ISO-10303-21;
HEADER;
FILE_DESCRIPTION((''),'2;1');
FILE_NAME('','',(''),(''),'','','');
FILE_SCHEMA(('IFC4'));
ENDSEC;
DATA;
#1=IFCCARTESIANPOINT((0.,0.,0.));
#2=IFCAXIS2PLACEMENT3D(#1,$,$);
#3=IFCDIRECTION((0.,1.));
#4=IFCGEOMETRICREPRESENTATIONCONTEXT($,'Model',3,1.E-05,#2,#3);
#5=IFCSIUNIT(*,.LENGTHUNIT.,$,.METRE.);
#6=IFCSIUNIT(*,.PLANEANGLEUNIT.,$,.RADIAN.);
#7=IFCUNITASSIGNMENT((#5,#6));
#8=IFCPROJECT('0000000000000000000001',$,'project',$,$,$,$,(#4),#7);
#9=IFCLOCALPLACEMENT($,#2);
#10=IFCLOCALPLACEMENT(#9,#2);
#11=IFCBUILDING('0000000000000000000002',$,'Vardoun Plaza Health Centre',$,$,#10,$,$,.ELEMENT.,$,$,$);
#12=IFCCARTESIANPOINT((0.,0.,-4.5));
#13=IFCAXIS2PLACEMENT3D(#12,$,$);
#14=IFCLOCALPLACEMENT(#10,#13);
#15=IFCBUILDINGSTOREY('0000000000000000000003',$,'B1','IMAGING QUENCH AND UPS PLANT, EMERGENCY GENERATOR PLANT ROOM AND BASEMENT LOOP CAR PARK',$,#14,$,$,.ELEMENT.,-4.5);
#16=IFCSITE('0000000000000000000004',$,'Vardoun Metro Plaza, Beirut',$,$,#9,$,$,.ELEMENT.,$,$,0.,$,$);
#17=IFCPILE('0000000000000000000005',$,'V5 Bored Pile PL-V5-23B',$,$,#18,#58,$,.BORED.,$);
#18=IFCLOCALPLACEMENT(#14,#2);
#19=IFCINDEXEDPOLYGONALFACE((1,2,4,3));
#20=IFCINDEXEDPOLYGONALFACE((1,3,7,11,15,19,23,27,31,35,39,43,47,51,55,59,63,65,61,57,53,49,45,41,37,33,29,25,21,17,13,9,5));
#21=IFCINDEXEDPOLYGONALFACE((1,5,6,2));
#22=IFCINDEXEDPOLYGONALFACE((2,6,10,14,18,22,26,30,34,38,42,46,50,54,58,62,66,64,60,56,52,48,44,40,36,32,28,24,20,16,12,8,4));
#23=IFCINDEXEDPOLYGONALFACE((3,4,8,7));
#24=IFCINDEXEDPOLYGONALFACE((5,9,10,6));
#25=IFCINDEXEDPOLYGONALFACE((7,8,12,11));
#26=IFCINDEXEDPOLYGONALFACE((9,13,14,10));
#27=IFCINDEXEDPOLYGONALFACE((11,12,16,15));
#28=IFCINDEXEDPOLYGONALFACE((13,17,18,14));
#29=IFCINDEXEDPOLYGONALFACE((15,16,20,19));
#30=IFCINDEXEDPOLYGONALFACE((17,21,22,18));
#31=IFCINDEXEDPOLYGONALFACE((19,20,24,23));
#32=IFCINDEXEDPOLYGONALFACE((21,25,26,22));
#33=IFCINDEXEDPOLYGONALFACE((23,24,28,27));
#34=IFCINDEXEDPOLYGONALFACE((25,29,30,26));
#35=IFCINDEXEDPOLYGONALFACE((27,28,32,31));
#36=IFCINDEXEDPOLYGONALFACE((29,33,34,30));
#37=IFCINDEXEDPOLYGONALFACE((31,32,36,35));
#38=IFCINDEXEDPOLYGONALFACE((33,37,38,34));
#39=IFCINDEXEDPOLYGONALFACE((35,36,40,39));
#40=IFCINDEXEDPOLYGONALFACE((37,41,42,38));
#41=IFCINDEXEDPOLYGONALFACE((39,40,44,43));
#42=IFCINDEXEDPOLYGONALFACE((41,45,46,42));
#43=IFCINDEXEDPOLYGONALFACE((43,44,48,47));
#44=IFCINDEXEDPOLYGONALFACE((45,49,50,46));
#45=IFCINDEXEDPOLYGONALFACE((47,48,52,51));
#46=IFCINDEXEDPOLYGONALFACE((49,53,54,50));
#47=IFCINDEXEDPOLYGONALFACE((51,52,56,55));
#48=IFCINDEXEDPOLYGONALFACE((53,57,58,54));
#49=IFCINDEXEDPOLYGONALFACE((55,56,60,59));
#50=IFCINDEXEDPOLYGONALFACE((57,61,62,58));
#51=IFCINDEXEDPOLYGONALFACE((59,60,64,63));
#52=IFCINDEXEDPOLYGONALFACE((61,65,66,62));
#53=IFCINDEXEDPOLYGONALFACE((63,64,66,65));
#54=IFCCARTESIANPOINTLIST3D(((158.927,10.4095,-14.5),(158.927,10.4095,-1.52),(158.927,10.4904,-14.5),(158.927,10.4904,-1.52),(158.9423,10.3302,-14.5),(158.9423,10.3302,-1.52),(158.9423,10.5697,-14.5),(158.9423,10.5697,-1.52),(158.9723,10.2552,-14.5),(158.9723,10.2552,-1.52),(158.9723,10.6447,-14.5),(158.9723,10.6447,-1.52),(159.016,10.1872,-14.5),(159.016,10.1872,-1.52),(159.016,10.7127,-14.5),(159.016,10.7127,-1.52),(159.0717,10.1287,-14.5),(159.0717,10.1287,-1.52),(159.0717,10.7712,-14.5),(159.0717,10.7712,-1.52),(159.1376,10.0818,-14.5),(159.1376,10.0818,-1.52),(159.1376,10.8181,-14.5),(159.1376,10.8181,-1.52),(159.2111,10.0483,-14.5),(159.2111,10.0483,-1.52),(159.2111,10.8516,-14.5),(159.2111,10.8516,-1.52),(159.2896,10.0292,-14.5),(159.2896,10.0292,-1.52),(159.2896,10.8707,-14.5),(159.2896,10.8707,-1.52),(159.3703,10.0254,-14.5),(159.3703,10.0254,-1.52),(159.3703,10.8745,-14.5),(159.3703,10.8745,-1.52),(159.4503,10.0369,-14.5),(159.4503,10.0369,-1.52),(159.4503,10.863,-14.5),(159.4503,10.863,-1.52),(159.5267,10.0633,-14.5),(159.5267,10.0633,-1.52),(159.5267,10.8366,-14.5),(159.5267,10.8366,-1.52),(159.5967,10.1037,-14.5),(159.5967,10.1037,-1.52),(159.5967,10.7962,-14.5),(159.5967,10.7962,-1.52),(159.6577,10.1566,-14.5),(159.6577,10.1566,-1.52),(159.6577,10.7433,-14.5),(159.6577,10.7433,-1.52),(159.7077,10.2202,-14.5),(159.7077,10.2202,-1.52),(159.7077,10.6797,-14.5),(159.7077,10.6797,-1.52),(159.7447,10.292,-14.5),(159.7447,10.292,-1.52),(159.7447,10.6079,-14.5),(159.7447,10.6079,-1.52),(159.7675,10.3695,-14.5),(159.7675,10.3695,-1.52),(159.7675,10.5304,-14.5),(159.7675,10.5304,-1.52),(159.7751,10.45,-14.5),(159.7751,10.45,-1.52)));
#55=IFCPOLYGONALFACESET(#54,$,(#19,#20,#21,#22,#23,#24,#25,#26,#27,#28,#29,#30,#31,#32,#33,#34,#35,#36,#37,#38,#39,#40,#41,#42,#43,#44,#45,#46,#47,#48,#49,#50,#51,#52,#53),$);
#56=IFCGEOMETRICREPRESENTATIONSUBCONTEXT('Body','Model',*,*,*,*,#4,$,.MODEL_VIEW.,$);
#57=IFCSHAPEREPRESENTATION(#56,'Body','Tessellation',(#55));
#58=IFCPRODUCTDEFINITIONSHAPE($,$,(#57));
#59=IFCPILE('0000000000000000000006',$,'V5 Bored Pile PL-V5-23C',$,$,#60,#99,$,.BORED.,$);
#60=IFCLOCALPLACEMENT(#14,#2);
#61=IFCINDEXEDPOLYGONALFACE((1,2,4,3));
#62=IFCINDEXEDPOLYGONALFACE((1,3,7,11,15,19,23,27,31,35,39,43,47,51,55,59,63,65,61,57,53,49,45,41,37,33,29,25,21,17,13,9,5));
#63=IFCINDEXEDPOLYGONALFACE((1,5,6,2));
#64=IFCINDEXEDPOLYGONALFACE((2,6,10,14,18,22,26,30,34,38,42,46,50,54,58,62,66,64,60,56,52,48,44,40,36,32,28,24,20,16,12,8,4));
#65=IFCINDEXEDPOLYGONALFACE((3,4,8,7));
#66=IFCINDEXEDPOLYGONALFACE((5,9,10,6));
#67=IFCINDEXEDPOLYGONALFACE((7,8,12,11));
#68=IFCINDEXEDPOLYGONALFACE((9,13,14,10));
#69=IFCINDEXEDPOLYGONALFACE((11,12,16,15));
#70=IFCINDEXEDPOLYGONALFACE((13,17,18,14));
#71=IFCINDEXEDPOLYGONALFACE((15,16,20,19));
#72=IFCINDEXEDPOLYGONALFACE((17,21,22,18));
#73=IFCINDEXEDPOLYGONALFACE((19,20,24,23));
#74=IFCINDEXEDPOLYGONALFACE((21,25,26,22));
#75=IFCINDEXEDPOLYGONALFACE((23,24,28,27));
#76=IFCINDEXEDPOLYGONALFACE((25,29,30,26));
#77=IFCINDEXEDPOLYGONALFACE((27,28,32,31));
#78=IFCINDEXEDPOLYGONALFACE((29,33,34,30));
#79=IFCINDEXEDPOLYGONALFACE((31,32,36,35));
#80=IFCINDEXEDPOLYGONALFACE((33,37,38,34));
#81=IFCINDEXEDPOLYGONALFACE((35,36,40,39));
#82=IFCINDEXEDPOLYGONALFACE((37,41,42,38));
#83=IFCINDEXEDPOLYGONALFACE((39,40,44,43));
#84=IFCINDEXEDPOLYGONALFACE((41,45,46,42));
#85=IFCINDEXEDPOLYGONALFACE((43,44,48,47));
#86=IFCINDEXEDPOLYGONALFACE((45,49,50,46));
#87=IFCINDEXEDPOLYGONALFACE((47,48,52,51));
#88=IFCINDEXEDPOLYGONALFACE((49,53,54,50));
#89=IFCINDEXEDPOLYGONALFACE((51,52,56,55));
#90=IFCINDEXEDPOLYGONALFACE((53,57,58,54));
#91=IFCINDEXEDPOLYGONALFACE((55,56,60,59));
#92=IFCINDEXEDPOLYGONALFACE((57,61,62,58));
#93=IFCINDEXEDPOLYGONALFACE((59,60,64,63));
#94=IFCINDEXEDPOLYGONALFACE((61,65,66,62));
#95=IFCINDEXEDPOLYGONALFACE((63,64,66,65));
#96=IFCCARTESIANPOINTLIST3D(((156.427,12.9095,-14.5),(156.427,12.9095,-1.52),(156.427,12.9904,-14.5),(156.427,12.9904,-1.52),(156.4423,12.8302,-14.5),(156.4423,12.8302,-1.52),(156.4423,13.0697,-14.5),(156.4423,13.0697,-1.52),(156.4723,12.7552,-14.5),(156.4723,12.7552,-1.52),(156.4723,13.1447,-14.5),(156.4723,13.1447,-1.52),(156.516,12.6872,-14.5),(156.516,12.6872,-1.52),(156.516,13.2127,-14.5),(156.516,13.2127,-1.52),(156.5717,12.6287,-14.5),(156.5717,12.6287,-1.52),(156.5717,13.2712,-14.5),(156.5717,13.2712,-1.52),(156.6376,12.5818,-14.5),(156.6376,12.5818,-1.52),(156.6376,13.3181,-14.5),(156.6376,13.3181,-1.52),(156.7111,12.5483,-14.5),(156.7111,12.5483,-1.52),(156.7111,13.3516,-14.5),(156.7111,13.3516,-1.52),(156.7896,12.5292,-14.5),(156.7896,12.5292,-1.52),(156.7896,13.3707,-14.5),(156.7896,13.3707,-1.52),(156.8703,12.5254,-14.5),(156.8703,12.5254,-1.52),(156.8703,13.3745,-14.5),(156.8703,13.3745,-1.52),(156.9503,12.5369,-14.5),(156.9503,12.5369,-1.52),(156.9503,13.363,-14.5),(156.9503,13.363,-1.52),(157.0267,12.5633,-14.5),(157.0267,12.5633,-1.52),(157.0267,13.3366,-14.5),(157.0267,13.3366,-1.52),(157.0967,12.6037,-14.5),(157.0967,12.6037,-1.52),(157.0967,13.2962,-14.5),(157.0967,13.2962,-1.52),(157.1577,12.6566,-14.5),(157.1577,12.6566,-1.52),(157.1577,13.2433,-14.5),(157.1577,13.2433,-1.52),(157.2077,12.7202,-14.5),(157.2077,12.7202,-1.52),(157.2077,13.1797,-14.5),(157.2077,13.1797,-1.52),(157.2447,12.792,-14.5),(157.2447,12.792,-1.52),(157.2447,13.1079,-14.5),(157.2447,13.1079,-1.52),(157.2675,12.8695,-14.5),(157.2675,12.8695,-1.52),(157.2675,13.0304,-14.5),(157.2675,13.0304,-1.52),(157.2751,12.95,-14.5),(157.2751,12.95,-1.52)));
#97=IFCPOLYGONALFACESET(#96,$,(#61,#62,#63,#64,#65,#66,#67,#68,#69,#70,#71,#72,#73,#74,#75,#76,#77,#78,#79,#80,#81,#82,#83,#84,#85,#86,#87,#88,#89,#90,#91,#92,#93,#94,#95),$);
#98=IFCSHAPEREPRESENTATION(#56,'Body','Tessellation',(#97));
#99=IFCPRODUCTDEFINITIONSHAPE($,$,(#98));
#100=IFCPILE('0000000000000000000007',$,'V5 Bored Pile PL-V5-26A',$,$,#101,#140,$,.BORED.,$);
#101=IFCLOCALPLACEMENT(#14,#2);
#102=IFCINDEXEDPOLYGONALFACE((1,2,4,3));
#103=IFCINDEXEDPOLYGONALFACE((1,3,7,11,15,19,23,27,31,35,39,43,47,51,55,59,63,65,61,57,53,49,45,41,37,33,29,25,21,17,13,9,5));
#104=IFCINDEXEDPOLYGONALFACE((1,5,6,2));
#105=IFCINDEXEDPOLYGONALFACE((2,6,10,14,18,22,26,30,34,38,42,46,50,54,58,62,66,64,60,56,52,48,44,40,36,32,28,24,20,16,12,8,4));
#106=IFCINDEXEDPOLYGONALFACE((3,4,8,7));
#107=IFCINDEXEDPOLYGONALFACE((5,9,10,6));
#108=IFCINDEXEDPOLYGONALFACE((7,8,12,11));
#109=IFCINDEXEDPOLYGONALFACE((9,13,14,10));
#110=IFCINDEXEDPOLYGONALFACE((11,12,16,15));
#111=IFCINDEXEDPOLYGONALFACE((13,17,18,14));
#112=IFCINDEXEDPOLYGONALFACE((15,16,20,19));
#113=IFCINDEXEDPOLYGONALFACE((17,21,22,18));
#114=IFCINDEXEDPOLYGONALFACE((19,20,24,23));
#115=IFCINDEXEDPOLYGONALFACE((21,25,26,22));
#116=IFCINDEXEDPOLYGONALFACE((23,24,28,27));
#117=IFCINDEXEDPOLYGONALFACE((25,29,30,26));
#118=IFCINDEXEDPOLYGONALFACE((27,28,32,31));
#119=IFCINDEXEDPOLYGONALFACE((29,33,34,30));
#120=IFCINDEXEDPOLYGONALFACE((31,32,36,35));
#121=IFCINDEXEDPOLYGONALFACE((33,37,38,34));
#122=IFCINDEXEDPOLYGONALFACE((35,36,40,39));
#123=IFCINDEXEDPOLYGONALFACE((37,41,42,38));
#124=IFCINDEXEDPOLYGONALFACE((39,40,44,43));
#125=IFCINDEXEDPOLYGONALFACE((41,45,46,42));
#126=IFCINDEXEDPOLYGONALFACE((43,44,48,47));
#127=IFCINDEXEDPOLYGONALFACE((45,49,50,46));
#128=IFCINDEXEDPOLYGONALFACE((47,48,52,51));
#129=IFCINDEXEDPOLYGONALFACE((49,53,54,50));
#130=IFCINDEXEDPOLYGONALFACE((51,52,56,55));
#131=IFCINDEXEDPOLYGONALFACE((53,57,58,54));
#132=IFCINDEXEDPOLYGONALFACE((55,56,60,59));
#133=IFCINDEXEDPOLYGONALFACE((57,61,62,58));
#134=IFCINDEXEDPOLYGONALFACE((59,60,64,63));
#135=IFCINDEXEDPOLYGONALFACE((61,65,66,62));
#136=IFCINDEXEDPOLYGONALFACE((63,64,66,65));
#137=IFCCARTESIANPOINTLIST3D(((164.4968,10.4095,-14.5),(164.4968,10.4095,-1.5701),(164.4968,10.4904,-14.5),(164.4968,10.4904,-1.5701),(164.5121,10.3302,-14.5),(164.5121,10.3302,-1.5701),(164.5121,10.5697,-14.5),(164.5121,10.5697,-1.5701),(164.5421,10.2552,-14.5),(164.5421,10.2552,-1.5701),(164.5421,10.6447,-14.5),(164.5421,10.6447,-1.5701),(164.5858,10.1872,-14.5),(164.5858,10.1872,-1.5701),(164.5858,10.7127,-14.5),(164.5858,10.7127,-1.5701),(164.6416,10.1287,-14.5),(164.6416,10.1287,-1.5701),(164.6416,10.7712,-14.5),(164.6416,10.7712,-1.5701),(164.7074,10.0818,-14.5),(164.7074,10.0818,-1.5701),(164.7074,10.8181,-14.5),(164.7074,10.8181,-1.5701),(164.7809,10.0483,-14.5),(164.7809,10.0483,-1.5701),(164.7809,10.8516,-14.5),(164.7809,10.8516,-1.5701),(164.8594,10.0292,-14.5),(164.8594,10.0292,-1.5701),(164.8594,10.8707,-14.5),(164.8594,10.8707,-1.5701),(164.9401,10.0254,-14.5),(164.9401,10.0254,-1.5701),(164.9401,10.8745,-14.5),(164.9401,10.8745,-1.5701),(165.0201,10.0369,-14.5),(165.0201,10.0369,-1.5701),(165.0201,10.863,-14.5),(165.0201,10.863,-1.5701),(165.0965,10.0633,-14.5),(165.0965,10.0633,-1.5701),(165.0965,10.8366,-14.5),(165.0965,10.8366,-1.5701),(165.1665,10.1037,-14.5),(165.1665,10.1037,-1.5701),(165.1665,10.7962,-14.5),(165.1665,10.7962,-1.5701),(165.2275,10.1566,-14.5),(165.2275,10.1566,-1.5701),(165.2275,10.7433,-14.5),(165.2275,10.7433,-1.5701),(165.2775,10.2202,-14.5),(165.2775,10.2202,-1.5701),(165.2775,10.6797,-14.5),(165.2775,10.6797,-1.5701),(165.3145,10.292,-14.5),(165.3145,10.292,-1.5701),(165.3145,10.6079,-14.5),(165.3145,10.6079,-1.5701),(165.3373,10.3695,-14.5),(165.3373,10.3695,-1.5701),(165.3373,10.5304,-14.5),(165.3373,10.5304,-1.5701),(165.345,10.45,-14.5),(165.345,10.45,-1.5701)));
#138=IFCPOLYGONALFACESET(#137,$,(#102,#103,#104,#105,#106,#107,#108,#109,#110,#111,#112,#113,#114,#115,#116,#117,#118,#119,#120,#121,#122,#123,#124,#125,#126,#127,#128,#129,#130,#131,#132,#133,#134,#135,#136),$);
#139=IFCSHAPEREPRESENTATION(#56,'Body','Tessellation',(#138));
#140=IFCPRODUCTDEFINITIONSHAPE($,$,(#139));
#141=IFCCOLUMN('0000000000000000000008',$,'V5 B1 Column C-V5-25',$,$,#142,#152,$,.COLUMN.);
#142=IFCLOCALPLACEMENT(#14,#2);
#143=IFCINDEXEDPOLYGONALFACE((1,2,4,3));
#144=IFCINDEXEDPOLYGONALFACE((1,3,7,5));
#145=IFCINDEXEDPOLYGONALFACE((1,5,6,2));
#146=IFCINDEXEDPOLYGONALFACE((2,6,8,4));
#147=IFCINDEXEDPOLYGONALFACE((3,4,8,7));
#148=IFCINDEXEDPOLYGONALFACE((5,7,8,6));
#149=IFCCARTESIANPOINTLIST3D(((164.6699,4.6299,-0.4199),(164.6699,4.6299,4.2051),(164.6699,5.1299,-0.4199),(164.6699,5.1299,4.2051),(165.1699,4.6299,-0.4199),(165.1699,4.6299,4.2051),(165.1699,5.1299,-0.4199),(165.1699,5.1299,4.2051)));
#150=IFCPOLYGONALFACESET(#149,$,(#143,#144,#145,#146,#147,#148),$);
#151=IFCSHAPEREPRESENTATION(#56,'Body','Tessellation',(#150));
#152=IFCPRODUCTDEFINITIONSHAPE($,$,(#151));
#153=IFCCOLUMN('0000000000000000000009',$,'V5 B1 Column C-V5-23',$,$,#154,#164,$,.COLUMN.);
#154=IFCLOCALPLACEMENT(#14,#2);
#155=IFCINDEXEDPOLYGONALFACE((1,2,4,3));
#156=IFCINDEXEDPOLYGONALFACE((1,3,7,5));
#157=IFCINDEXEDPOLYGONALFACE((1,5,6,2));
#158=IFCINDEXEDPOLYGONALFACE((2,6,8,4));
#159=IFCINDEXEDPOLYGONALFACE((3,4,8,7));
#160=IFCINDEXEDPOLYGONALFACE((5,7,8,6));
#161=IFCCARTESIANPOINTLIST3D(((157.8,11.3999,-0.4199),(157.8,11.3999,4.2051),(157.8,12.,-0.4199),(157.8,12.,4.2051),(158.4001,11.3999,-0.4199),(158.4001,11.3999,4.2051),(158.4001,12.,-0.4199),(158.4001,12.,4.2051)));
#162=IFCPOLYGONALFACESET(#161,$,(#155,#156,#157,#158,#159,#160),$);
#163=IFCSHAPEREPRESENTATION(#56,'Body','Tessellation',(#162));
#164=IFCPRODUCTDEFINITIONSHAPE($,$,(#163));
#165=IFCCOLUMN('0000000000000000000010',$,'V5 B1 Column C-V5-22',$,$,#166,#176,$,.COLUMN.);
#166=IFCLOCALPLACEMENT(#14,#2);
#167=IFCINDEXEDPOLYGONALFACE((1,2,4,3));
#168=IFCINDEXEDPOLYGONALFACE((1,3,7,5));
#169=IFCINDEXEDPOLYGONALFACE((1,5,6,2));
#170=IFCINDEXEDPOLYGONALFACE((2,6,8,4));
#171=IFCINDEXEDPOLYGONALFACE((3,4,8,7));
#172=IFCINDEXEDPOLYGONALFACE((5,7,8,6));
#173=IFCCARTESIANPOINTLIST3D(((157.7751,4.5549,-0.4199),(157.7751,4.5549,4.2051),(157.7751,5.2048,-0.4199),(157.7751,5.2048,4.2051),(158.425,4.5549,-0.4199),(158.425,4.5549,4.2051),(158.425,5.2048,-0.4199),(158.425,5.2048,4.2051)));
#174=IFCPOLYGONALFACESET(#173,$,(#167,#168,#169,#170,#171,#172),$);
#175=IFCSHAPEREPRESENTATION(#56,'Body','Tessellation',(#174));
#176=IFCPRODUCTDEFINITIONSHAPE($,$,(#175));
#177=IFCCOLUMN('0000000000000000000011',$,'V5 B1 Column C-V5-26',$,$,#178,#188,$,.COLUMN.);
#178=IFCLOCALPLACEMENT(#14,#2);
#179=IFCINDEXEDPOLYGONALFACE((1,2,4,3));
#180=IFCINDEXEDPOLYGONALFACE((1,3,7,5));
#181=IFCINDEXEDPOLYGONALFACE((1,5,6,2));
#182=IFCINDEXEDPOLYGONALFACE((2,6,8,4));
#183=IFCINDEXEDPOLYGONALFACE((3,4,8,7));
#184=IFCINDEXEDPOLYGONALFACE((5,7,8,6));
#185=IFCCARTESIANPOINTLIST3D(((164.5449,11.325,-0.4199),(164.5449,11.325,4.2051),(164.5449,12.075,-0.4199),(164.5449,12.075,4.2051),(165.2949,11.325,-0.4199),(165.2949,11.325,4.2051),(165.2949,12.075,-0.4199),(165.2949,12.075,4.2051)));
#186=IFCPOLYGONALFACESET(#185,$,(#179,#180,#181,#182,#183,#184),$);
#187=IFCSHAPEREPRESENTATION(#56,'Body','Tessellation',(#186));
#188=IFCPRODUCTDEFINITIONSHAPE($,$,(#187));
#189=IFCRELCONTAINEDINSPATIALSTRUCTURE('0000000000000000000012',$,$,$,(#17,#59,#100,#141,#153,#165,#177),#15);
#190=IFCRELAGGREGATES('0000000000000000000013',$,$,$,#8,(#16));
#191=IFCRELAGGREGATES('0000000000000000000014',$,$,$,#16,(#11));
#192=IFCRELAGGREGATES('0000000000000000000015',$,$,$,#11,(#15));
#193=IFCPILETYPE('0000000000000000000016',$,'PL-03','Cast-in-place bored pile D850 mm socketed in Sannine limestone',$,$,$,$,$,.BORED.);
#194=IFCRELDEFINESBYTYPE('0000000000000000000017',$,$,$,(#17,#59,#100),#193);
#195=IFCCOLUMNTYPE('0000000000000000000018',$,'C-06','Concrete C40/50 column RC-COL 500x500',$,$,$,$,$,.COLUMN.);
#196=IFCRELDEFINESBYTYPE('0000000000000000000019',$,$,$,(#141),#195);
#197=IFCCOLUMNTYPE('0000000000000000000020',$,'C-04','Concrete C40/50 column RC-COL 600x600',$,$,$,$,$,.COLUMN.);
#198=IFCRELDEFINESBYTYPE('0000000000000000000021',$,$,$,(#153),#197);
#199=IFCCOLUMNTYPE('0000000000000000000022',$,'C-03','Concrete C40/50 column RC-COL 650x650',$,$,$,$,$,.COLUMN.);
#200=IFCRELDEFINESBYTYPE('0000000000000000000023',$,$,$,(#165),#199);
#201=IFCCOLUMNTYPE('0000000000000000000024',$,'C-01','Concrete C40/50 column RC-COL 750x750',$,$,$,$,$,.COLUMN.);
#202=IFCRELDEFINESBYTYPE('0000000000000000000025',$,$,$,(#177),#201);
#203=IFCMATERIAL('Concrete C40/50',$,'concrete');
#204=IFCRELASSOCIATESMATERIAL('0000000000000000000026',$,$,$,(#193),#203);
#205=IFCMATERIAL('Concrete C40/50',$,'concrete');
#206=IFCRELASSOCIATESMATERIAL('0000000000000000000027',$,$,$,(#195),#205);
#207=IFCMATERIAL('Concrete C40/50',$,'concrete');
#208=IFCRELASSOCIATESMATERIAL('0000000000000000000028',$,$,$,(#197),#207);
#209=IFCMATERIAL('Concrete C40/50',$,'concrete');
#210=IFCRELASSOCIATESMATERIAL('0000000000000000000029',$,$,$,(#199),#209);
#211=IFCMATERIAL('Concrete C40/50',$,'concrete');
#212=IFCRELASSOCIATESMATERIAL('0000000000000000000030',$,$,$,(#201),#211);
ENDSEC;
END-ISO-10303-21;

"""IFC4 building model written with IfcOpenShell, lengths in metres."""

from ifc_helpers import new_model, si_unit, direction, frame, origin, origin_2d, place, context, subcontext, project, spatial, rectangle, circle, extrude, material, material_profile, profile_set, type_object, element, save


model = new_model("IFC4")

# Units and contexts
model_context = context("Model", 3, precision=1e-05, world=origin(), true_north=direction((0.0, 1.0)))
body_context = subcontext(model_context, "Body", "Model", "MODEL_VIEW")
ifc_project = project(units=[si_unit("LENGTHUNIT", "METRE"), si_unit("PLANEANGLEUNIT", "RADIAN")], contexts=[model_context])

# Site, building, storey
site_placement = place(None, origin())
site = spatial("IfcSite", under=ifc_project, at=site_placement, Name="Vardoun Metro Plaza, Beirut", CompositionType="ELEMENT", RefElevation=0.0)
building_placement = place(site_placement, origin())
building = spatial("IfcBuilding", under=site, at=building_placement, Name="Vardoun Plaza Health Centre", CompositionType="ELEMENT")
storey_placement = place(building_placement, frame((0.0, 0.0, -4.5)))
storey = spatial("IfcBuildingStorey", under=building, at=storey_placement, Name="B1", Description="IMAGING QUENCH AND UPS PLANT, EMERGENCY GENERATOR PLANT ROOM AND BASEMENT LOOP CAR PARK", CompositionType="ELEMENT", Elevation=-4.5)

# Piles
ifc_material_1 = material(Name="Concrete C40/50", Category="concrete")
ifc_material_profile_1 = material_profile(ifc_material_1, circle(Radius=0.425, at=origin_2d()), Name="PILE D850")
ifc_profile_set_1 = profile_set([ifc_material_profile_1], Name="Concrete C40/50")
pile_type_1 = type_object("IfcPileType", Name="PL-03", Description="Cast-in-place bored pile D850 mm socketed in Sannine limestone", PredefinedType="BORED", material=ifc_profile_set_1)
for number, where, z_axis, x_axis, name in (
    (1, (159.3501, 10.45, -1.52), (0.0, 0.0, -1.0), (1.0, 0.0, 0.0), "V5 Bored Pile PL-V5-23B"),
    (2, (156.8501, 12.95, -1.52), (0.0, 0.0, -1.0), (1.0, 0.0, 0.0), "V5 Bored Pile PL-V5-23C"),
):
    element("IfcPile", number, at=place(storey_placement, frame(where, z_axis=z_axis, x_axis=x_axis)), inside=storey, type_object=pile_type_1, Name=name, PredefinedType="BORED", context=body_context, shape_type="SweptSolid", body=[
        extrude(circle(Radius=0.425, at=origin_2d()), origin(), (0.0, 0.0, 1.0), 12.98),
    ])
pile_1_placement = place(storey_placement, frame((164.9199, 10.45, -1.5701), z_axis=(0.0, 0.0, -1.0), x_axis=(1.0, 0.0, 0.0)))
element("IfcPile", 3, at=pile_1_placement, inside=storey, type_object=pile_type_1, Name="V5 Bored Pile PL-V5-26A", PredefinedType="BORED", context=body_context, shape_type="SweptSolid", body=[
    extrude(circle(Radius=0.425, at=origin_2d()), origin(), (0.0, 0.0, 1.0), 12.9299),
])

# Columns
ifc_material_2 = material(Name="Concrete C40/50", Category="concrete")
ifc_material_profile_2 = material_profile(ifc_material_2, rectangle(XDim=0.5, YDim=0.5, at=origin_2d()), Name="RC-COL 500x500")
ifc_profile_set_2 = profile_set([ifc_material_profile_2], Name="Concrete C40/50")
column_type_1 = type_object("IfcColumnType", Name="C-06", Description="Concrete C40/50 column RC-COL 500x500", PredefinedType="COLUMN", material=ifc_profile_set_2)
column_1_placement = place(storey_placement, frame((164.9199, 4.8799, -0.4199), z_axis=(0.0, 0.0, 1.0), x_axis=(1.0, 0.0, 0.0)))
element("IfcColumn", 4, at=column_1_placement, inside=storey, type_object=column_type_1, Name="V5 B1 Column C-V5-25", PredefinedType="COLUMN", context=body_context, shape_type="SweptSolid", body=[
    extrude(rectangle(XDim=0.5, YDim=0.5, at=origin_2d()), origin(), (0.0, 0.0, 1.0), 4.625),
])
ifc_material_3 = material(Name="Concrete C40/50", Category="concrete")
ifc_material_profile_3 = material_profile(ifc_material_3, rectangle(XDim=0.6001, YDim=0.6001, at=origin_2d()), Name="RC-COL 600x600")
ifc_profile_set_3 = profile_set([ifc_material_profile_3], Name="Concrete C40/50")
column_type_2 = type_object("IfcColumnType", Name="C-04", Description="Concrete C40/50 column RC-COL 600x600", PredefinedType="COLUMN", material=ifc_profile_set_3)
column_2_placement = place(storey_placement, frame((158.1001, 11.7, -0.4199), z_axis=(0.0, 0.0, 1.0), x_axis=(1.0, 0.0, 0.0)))
element("IfcColumn", 5, at=column_2_placement, inside=storey, type_object=column_type_2, Name="V5 B1 Column C-V5-23", PredefinedType="COLUMN", context=body_context, shape_type="SweptSolid", body=[
    extrude(rectangle(XDim=0.6001, YDim=0.6001, at=origin_2d()), origin(), (0.0, 0.0, 1.0), 4.625),
])
ifc_material_4 = material(Name="Concrete C40/50", Category="concrete")
ifc_material_profile_4 = material_profile(ifc_material_4, rectangle(XDim=0.6499, YDim=0.6499, at=origin_2d()), Name="RC-COL 650x650")
ifc_profile_set_4 = profile_set([ifc_material_profile_4], Name="Concrete C40/50")
column_type_3 = type_object("IfcColumnType", Name="C-03", Description="Concrete C40/50 column RC-COL 650x650", PredefinedType="COLUMN", material=ifc_profile_set_4)
column_3_placement = place(storey_placement, frame((158.1001, 4.8799, -0.4199), z_axis=(0.0, 0.0, 1.0), x_axis=(1.0, 0.0, 0.0)))
element("IfcColumn", 6, at=column_3_placement, inside=storey, type_object=column_type_3, Name="V5 B1 Column C-V5-22", PredefinedType="COLUMN", context=body_context, shape_type="SweptSolid", body=[
    extrude(rectangle(XDim=0.6499, YDim=0.6499, at=origin_2d()), origin(), (0.0, 0.0, 1.0), 4.625),
])
ifc_material_5 = material(Name="Concrete C40/50", Category="concrete")
ifc_material_profile_5 = material_profile(ifc_material_5, rectangle(XDim=0.75, YDim=0.75, at=origin_2d()), Name="RC-COL 750x750")
ifc_profile_set_5 = profile_set([ifc_material_profile_5], Name="Concrete C40/50")
column_type_4 = type_object("IfcColumnType", Name="C-01", Description="Concrete C40/50 column RC-COL 750x750", PredefinedType="COLUMN", material=ifc_profile_set_5)
column_4_placement = place(storey_placement, frame((164.9199, 11.7, -0.4199), z_axis=(0.0, 0.0, 1.0), x_axis=(1.0, 0.0, 0.0)))
element("IfcColumn", 7, at=column_4_placement, inside=storey, type_object=column_type_4, Name="V5 B1 Column C-V5-26", PredefinedType="COLUMN", context=body_context, shape_type="SweptSolid", body=[
    extrude(rectangle(XDim=0.75, YDim=0.75, at=origin_2d()), origin(), (0.0, 0.0, 1.0), 4.625),
])

save(model, "model.ifc")
